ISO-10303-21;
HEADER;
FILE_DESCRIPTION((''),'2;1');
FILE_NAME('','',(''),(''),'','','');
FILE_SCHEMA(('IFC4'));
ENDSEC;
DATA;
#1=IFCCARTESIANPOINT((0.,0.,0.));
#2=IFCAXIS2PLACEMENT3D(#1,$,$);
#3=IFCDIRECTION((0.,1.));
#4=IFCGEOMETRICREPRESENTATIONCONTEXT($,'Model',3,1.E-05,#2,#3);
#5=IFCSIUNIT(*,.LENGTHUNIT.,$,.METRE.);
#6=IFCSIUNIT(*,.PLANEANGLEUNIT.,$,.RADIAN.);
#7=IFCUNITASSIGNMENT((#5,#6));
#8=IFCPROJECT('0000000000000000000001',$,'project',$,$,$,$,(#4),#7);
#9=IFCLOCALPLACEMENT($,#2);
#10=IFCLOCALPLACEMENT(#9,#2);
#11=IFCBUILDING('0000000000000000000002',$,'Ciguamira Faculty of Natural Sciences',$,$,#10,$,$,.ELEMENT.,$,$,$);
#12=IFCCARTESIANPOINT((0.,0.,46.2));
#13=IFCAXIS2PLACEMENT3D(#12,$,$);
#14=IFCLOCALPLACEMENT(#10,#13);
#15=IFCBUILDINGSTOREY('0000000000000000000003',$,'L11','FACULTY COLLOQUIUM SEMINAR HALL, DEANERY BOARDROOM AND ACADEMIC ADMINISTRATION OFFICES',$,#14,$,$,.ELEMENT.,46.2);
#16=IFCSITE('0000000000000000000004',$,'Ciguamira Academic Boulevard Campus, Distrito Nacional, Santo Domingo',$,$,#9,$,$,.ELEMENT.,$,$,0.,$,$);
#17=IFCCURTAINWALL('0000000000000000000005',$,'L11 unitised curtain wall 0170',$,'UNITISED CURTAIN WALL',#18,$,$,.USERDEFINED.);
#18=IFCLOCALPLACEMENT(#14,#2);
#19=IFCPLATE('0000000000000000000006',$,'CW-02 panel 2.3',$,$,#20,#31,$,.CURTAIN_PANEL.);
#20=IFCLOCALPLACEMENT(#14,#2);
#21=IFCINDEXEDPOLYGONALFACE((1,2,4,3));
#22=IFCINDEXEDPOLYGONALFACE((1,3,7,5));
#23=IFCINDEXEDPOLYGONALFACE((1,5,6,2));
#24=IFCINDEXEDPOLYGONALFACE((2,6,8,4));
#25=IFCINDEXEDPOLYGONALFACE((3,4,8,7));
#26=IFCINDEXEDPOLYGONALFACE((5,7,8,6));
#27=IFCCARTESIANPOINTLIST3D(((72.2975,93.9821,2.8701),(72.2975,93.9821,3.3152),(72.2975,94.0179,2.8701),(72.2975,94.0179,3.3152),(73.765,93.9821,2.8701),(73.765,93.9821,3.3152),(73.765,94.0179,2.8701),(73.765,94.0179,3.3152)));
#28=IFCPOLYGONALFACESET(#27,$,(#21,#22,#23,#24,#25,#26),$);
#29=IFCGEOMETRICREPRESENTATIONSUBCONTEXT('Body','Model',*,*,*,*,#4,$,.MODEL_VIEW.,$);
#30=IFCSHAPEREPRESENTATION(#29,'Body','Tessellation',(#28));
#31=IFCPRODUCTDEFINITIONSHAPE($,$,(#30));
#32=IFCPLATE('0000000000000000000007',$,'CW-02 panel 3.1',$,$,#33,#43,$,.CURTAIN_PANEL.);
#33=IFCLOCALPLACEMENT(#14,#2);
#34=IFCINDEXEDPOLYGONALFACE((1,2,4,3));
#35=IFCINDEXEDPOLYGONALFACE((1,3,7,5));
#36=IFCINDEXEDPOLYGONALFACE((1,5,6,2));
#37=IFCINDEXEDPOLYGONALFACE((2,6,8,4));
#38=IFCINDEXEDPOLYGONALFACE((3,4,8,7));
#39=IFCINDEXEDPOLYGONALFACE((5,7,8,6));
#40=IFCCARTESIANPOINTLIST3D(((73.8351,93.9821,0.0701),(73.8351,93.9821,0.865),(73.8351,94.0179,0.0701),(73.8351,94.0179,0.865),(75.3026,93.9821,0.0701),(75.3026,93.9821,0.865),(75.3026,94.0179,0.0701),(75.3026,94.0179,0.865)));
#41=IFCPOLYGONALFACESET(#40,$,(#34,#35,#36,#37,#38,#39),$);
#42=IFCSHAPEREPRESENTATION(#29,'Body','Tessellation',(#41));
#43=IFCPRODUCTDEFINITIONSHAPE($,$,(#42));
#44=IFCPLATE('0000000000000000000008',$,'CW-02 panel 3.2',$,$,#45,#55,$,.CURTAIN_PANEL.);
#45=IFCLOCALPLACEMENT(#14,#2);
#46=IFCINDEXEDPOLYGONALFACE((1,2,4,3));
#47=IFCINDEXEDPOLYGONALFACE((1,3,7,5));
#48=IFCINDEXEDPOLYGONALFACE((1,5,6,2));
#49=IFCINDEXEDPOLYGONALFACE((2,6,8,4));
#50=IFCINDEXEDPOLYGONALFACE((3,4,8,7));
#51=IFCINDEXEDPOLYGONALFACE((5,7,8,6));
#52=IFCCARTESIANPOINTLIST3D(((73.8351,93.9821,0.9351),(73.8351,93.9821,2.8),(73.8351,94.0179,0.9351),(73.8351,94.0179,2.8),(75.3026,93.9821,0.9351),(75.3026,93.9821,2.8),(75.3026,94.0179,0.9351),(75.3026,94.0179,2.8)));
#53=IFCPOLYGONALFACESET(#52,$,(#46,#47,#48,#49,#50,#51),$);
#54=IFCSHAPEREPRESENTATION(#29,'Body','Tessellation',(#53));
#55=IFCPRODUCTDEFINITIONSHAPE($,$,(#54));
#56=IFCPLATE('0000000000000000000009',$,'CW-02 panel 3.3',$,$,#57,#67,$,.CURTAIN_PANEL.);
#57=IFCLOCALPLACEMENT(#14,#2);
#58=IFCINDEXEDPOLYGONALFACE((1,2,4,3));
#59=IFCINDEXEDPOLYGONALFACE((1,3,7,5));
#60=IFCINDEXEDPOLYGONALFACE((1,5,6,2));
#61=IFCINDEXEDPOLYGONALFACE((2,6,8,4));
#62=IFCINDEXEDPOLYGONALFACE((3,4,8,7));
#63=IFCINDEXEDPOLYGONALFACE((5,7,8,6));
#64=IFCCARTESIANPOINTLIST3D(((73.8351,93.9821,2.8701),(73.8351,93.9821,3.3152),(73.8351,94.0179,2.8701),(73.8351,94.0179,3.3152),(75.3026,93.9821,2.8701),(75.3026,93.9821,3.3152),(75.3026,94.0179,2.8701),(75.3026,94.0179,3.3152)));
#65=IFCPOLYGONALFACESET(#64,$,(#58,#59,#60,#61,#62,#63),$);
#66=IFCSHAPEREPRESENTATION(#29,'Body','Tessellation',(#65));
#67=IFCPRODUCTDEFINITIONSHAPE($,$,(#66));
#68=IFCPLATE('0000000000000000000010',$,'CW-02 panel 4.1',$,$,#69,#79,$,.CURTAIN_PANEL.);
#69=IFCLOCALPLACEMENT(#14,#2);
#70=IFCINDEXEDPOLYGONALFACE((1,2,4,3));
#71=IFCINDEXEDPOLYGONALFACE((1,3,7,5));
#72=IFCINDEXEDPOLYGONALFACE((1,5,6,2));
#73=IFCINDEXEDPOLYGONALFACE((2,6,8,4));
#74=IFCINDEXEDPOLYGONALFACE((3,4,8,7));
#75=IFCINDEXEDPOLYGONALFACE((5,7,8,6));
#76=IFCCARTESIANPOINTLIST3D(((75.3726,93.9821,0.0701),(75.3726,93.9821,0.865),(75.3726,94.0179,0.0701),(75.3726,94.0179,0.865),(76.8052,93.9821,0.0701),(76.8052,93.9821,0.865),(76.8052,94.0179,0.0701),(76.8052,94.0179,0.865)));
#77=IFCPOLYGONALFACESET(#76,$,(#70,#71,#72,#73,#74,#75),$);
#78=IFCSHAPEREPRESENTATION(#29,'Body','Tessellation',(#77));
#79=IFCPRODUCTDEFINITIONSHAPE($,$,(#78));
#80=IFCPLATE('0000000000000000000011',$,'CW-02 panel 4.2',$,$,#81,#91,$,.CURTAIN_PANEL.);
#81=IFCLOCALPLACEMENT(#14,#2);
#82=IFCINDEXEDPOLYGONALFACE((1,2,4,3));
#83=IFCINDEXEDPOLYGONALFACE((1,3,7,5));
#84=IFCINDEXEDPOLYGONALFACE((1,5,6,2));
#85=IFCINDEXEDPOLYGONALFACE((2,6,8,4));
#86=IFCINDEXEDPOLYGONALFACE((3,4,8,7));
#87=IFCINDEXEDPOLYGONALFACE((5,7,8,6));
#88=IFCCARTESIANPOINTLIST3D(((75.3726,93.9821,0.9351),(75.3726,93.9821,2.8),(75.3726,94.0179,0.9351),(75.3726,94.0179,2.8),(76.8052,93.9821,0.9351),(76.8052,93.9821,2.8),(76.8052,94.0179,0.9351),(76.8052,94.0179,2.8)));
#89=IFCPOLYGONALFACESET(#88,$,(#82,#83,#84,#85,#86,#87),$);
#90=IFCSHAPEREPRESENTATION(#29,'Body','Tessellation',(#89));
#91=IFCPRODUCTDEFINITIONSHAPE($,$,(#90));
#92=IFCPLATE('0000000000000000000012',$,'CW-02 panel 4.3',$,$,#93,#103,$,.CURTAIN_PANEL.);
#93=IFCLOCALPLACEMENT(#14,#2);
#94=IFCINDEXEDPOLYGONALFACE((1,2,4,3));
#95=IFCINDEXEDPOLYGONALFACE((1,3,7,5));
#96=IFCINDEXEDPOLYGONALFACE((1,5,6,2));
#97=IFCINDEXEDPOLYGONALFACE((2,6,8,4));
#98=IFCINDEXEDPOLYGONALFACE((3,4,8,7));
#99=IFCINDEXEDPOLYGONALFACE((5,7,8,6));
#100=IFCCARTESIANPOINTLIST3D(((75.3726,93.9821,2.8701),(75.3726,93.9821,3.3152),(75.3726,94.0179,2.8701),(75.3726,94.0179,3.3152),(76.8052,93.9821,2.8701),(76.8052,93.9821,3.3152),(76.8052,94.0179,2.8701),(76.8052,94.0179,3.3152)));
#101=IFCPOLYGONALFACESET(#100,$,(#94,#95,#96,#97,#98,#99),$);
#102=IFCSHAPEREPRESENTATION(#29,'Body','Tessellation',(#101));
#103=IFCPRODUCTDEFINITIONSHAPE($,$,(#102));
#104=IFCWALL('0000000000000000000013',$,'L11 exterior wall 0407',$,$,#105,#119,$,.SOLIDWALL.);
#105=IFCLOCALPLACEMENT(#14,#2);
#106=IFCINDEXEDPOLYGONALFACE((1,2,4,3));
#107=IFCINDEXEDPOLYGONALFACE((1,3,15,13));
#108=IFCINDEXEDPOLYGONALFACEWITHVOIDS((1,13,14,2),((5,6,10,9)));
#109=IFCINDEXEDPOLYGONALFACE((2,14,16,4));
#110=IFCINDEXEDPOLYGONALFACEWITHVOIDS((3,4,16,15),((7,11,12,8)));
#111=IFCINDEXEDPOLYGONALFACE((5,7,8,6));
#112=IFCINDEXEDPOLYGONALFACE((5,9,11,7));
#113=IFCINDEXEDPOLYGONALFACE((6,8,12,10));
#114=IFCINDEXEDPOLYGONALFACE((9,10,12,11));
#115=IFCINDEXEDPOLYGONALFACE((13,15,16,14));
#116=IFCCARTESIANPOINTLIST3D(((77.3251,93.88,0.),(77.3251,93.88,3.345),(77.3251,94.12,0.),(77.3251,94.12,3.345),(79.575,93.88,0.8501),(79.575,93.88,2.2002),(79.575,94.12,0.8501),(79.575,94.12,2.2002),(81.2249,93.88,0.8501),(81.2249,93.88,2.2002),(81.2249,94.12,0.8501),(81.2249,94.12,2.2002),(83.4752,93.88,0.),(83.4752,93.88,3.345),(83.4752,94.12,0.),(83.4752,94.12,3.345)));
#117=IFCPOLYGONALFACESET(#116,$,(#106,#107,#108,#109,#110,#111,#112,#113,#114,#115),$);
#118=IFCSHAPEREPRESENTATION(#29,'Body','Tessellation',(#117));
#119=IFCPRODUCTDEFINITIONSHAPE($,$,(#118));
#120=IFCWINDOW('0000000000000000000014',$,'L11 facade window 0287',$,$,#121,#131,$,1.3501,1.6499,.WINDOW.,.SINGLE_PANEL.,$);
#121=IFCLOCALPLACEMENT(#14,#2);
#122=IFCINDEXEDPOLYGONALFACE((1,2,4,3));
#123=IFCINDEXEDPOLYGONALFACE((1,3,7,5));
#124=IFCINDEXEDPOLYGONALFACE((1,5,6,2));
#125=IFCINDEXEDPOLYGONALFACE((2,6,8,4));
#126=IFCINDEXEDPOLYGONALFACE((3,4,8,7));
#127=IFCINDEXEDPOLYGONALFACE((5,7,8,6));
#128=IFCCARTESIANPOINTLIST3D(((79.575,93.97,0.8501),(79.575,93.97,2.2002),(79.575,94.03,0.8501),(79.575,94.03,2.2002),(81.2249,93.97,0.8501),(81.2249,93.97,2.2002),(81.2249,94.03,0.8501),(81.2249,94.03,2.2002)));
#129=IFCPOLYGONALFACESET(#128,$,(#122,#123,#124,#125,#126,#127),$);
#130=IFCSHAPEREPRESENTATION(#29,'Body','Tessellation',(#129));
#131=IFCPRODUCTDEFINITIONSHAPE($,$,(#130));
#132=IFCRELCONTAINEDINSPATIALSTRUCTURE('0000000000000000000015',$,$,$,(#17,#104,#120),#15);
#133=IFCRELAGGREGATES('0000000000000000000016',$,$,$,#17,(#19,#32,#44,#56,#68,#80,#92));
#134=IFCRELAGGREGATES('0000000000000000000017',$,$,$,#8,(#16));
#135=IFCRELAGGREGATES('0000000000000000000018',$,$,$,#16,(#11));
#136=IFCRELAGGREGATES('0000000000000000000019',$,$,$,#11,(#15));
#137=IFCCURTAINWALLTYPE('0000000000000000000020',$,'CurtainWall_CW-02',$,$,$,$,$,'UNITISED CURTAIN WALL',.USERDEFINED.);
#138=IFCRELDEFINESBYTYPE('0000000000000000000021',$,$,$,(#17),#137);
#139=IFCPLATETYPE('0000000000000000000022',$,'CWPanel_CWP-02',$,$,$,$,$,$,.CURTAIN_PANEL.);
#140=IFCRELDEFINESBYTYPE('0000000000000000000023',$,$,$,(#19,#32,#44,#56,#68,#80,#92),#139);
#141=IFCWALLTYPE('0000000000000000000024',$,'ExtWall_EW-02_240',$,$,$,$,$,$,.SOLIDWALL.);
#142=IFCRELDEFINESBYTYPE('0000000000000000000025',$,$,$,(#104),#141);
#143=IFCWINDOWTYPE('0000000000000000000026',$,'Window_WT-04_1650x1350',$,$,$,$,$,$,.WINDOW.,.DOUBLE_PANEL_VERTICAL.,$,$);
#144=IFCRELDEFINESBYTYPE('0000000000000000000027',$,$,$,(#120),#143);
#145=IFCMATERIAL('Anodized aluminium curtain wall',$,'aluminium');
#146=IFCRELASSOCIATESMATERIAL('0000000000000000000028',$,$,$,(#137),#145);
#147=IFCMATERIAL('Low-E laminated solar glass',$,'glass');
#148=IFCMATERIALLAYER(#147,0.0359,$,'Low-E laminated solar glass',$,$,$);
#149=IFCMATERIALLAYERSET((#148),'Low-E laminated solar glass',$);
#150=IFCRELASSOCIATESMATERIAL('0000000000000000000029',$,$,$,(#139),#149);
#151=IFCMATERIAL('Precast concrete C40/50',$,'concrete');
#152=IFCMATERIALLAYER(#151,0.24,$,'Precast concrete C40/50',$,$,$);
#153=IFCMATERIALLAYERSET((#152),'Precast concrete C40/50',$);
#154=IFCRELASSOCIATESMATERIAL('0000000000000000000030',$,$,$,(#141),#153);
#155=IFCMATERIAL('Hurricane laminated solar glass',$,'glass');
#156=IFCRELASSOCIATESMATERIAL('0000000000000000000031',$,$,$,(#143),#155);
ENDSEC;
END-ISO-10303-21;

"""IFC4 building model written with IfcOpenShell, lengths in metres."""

from ifc_helpers import new_model, si_unit, direction, frame, frame_2d, origin, origin_2d, place, context, subcontext, project, spatial, rectangle, extrude, material, layer, layer_set, type_object, element, fill, aggregate, save


model = new_model("IFC4")

# Units and contexts
model_context = context("Model", 3, precision=1e-05, world=origin(), true_north=direction((0.0, 1.0)))
body_context = subcontext(model_context, "Body", "Model", "MODEL_VIEW")
ifc_project = project(units=[si_unit("LENGTHUNIT", "METRE"), si_unit("PLANEANGLEUNIT", "RADIAN")], contexts=[model_context])

# Site, building, storey
site_placement = place(None, origin())
site = spatial("IfcSite", under=ifc_project, at=site_placement, Name="Ciguamira Academic Boulevard Campus, Distrito Nacional, Santo Domingo", CompositionType="ELEMENT", RefElevation=0.0)
building_placement = place(site_placement, origin())
building = spatial("IfcBuilding", under=site, at=building_placement, Name="Ciguamira Faculty of Natural Sciences", CompositionType="ELEMENT")
storey_placement = place(building_placement, frame((0.0, 0.0, 46.2)))
storey = spatial("IfcBuildingStorey", under=building, at=storey_placement, Name="L11", Description="FACULTY COLLOQUIUM SEMINAR HALL, DEANERY BOARDROOM AND ACADEMIC ADMINISTRATION OFFICES", CompositionType="ELEMENT", Elevation=46.2)

# Curtain wall, plates
ifc_material_1 = material(Name="Anodized aluminium curtain wall", Category="aluminium")
curtain_wall_type = type_object("IfcCurtainWallType", Name="CurtainWall_CW-02", ElementType="UNITISED CURTAIN WALL", PredefinedType="USERDEFINED", material=ifc_material_1)
curtain_wall_placement = place(storey_placement, origin())
curtain_wall = element("IfcCurtainWall", 1, at=curtain_wall_placement, inside=storey, type_object=curtain_wall_type, Name="L11 unitised curtain wall 0170", ObjectType="UNITISED CURTAIN WALL", PredefinedType="USERDEFINED")
ifc_material_2 = material(Name="Low-E laminated solar glass", Category="glass")
ifc_layer_1 = layer(ifc_material_2, 0.0359, Name="Low-E laminated solar glass")
ifc_layer_set_1 = layer_set([ifc_layer_1], Name="Low-E laminated solar glass")
plate_type = type_object("IfcPlateType", Name="CWPanel_CWP-02", PredefinedType="CURTAIN_PANEL", material=ifc_layer_set_1)
plate_1_placement = place(storey_placement, frame((73.0312, 94.0, 2.8701), z_axis=(0.0, 0.0, 1.0), x_axis=(1.0, 0.0, 0.0)))
plate_1 = element("IfcPlate", 2, at=plate_1_placement, type_object=plate_type, Name="CW-02 panel 2.3", PredefinedType="CURTAIN_PANEL", context=body_context, shape_type="SweptSolid", body=[
    extrude(rectangle(XDim=1.4675, YDim=0.0359, at=origin_2d()), origin(), (0.0, 0.0, 1.0), 0.4451),
])
plate_2_placement = place(storey_placement, frame((74.5688, 94.0, 0.0701), z_axis=(0.0, 0.0, 1.0), x_axis=(1.0, 0.0, 0.0)))
plate_2 = element("IfcPlate", 3, at=plate_2_placement, type_object=plate_type, Name="CW-02 panel 3.1", PredefinedType="CURTAIN_PANEL", context=body_context, shape_type="SweptSolid", body=[
    extrude(rectangle(XDim=1.4675, YDim=0.0359, at=origin_2d()), origin(), (0.0, 0.0, 1.0), 0.7949),
])
plate_3_placement = place(storey_placement, frame((74.5688, 94.0, 0.9351), z_axis=(0.0, 0.0, 1.0), x_axis=(1.0, 0.0, 0.0)))
plate_3 = element("IfcPlate", 4, at=plate_3_placement, type_object=plate_type, Name="CW-02 panel 3.2", PredefinedType="CURTAIN_PANEL", context=body_context, shape_type="SweptSolid", body=[
    extrude(rectangle(XDim=1.4675, YDim=0.0359, at=origin_2d()), origin(), (0.0, 0.0, 1.0), 1.865),
])
plate_4_placement = place(storey_placement, frame((74.5688, 94.0, 2.8701), z_axis=(0.0, 0.0, 1.0), x_axis=(1.0, 0.0, 0.0)))
plate_4 = element("IfcPlate", 5, at=plate_4_placement, type_object=plate_type, Name="CW-02 panel 3.3", PredefinedType="CURTAIN_PANEL", context=body_context, shape_type="SweptSolid", body=[
    extrude(rectangle(XDim=1.4675, YDim=0.0359, at=origin_2d()), origin(), (0.0, 0.0, 1.0), 0.4451),
])
plate_5_placement = place(storey_placement, frame((76.0889, 94.0, 0.0701), z_axis=(0.0, 0.0, 1.0), x_axis=(1.0, 0.0, 0.0)))
plate_5 = element("IfcPlate", 6, at=plate_5_placement, type_object=plate_type, Name="CW-02 panel 4.1", PredefinedType="CURTAIN_PANEL", context=body_context, shape_type="SweptSolid", body=[
    extrude(rectangle(XDim=1.4326, YDim=0.0359, at=origin_2d()), origin(), (0.0, 0.0, 1.0), 0.7949),
])
plate_6_placement = place(storey_placement, frame((76.0889, 94.0, 0.9351), z_axis=(0.0, 0.0, 1.0), x_axis=(1.0, 0.0, 0.0)))
plate_6 = element("IfcPlate", 7, at=plate_6_placement, type_object=plate_type, Name="CW-02 panel 4.2", PredefinedType="CURTAIN_PANEL", context=body_context, shape_type="SweptSolid", body=[
    extrude(rectangle(XDim=1.4326, YDim=0.0359, at=origin_2d()), origin(), (0.0, 0.0, 1.0), 1.865),
])
plate_7_placement = place(storey_placement, frame((76.0889, 94.0, 2.8701), z_axis=(0.0, 0.0, 1.0), x_axis=(1.0, 0.0, 0.0)))
plate_7 = element("IfcPlate", 8, at=plate_7_placement, type_object=plate_type, Name="CW-02 panel 4.3", PredefinedType="CURTAIN_PANEL", context=body_context, shape_type="SweptSolid", body=[
    extrude(rectangle(XDim=1.4326, YDim=0.0359, at=origin_2d()), origin(), (0.0, 0.0, 1.0), 0.4451),
])
aggregate(curtain_wall, [plate_1, plate_2, plate_3, plate_4, plate_5, plate_6, plate_7])

# Wall, opening, window
ifc_material_3 = material(Name="Precast concrete C40/50", Category="concrete")
ifc_layer_2 = layer(ifc_material_3, 0.24, Name="Precast concrete C40/50")
ifc_layer_set_2 = layer_set([ifc_layer_2], Name="Precast concrete C40/50")
wall_type = type_object("IfcWallType", Name="ExtWall_EW-02_240", PredefinedType="SOLIDWALL", material=ifc_layer_set_2)
wall_placement = place(storey_placement, frame((77.325, 94.0, 0.0), z_axis=(0.0, 0.0, 1.0), x_axis=(1.0, 0.0, 0.0)))
wall = element("IfcWall", 9, at=wall_placement, inside=storey, type_object=wall_type, Name="L11 exterior wall 0407", PredefinedType="SOLIDWALL", context=body_context, shape_type="SweptSolid", body=[
    extrude(rectangle(XDim=6.1501, YDim=0.24, at=frame_2d((3.0752, 0.0))), origin(), (0.0, 0.0, 1.0), 3.345),
])
opening_placement = place(wall_placement, frame((2.25, 0.0, 0.8501)))
opening = element("IfcOpeningElement", 10, at=opening_placement, cuts=wall, PredefinedType="OPENING", context=body_context, shape_type="SweptSolid", body=[
    extrude(rectangle(XDim=1.6499, YDim=1.3501, at=frame_2d((0.825, 0.675))), frame((0.0, 0.1299, 0.0), z_axis=(0.0, -1.0, 0.0), x_axis=(1.0, 0.0, 0.0)), (0.0, 0.0, 1.0), 0.26),
])
ifc_material_4 = material(Name="Hurricane laminated solar glass", Category="glass")
window_type = type_object("IfcWindowType", Name="Window_WT-04_1650x1350", PartitioningType="DOUBLE_PANEL_VERTICAL", PredefinedType="WINDOW", material=ifc_material_4)
window_placement = place(opening_placement, origin())
window = element("IfcWindow", 11, at=window_placement, inside=storey, type_object=window_type, Name="L11 facade window 0287", OverallHeight=1.3501, OverallWidth=1.6499, PartitioningType="SINGLE_PANEL", PredefinedType="WINDOW", context=body_context, shape_type="SweptSolid", body=[
    extrude(rectangle(XDim=1.6499, YDim=1.3501, at=frame_2d((0.825, 0.675))), frame((0.0, 0.03, 0.0), z_axis=(0.0, -1.0, 0.0), x_axis=(1.0, 0.0, 0.0)), (0.0, 0.0, 1.0), 0.0601),
])
fill(opening, window)

save(model, "model.ifc")
